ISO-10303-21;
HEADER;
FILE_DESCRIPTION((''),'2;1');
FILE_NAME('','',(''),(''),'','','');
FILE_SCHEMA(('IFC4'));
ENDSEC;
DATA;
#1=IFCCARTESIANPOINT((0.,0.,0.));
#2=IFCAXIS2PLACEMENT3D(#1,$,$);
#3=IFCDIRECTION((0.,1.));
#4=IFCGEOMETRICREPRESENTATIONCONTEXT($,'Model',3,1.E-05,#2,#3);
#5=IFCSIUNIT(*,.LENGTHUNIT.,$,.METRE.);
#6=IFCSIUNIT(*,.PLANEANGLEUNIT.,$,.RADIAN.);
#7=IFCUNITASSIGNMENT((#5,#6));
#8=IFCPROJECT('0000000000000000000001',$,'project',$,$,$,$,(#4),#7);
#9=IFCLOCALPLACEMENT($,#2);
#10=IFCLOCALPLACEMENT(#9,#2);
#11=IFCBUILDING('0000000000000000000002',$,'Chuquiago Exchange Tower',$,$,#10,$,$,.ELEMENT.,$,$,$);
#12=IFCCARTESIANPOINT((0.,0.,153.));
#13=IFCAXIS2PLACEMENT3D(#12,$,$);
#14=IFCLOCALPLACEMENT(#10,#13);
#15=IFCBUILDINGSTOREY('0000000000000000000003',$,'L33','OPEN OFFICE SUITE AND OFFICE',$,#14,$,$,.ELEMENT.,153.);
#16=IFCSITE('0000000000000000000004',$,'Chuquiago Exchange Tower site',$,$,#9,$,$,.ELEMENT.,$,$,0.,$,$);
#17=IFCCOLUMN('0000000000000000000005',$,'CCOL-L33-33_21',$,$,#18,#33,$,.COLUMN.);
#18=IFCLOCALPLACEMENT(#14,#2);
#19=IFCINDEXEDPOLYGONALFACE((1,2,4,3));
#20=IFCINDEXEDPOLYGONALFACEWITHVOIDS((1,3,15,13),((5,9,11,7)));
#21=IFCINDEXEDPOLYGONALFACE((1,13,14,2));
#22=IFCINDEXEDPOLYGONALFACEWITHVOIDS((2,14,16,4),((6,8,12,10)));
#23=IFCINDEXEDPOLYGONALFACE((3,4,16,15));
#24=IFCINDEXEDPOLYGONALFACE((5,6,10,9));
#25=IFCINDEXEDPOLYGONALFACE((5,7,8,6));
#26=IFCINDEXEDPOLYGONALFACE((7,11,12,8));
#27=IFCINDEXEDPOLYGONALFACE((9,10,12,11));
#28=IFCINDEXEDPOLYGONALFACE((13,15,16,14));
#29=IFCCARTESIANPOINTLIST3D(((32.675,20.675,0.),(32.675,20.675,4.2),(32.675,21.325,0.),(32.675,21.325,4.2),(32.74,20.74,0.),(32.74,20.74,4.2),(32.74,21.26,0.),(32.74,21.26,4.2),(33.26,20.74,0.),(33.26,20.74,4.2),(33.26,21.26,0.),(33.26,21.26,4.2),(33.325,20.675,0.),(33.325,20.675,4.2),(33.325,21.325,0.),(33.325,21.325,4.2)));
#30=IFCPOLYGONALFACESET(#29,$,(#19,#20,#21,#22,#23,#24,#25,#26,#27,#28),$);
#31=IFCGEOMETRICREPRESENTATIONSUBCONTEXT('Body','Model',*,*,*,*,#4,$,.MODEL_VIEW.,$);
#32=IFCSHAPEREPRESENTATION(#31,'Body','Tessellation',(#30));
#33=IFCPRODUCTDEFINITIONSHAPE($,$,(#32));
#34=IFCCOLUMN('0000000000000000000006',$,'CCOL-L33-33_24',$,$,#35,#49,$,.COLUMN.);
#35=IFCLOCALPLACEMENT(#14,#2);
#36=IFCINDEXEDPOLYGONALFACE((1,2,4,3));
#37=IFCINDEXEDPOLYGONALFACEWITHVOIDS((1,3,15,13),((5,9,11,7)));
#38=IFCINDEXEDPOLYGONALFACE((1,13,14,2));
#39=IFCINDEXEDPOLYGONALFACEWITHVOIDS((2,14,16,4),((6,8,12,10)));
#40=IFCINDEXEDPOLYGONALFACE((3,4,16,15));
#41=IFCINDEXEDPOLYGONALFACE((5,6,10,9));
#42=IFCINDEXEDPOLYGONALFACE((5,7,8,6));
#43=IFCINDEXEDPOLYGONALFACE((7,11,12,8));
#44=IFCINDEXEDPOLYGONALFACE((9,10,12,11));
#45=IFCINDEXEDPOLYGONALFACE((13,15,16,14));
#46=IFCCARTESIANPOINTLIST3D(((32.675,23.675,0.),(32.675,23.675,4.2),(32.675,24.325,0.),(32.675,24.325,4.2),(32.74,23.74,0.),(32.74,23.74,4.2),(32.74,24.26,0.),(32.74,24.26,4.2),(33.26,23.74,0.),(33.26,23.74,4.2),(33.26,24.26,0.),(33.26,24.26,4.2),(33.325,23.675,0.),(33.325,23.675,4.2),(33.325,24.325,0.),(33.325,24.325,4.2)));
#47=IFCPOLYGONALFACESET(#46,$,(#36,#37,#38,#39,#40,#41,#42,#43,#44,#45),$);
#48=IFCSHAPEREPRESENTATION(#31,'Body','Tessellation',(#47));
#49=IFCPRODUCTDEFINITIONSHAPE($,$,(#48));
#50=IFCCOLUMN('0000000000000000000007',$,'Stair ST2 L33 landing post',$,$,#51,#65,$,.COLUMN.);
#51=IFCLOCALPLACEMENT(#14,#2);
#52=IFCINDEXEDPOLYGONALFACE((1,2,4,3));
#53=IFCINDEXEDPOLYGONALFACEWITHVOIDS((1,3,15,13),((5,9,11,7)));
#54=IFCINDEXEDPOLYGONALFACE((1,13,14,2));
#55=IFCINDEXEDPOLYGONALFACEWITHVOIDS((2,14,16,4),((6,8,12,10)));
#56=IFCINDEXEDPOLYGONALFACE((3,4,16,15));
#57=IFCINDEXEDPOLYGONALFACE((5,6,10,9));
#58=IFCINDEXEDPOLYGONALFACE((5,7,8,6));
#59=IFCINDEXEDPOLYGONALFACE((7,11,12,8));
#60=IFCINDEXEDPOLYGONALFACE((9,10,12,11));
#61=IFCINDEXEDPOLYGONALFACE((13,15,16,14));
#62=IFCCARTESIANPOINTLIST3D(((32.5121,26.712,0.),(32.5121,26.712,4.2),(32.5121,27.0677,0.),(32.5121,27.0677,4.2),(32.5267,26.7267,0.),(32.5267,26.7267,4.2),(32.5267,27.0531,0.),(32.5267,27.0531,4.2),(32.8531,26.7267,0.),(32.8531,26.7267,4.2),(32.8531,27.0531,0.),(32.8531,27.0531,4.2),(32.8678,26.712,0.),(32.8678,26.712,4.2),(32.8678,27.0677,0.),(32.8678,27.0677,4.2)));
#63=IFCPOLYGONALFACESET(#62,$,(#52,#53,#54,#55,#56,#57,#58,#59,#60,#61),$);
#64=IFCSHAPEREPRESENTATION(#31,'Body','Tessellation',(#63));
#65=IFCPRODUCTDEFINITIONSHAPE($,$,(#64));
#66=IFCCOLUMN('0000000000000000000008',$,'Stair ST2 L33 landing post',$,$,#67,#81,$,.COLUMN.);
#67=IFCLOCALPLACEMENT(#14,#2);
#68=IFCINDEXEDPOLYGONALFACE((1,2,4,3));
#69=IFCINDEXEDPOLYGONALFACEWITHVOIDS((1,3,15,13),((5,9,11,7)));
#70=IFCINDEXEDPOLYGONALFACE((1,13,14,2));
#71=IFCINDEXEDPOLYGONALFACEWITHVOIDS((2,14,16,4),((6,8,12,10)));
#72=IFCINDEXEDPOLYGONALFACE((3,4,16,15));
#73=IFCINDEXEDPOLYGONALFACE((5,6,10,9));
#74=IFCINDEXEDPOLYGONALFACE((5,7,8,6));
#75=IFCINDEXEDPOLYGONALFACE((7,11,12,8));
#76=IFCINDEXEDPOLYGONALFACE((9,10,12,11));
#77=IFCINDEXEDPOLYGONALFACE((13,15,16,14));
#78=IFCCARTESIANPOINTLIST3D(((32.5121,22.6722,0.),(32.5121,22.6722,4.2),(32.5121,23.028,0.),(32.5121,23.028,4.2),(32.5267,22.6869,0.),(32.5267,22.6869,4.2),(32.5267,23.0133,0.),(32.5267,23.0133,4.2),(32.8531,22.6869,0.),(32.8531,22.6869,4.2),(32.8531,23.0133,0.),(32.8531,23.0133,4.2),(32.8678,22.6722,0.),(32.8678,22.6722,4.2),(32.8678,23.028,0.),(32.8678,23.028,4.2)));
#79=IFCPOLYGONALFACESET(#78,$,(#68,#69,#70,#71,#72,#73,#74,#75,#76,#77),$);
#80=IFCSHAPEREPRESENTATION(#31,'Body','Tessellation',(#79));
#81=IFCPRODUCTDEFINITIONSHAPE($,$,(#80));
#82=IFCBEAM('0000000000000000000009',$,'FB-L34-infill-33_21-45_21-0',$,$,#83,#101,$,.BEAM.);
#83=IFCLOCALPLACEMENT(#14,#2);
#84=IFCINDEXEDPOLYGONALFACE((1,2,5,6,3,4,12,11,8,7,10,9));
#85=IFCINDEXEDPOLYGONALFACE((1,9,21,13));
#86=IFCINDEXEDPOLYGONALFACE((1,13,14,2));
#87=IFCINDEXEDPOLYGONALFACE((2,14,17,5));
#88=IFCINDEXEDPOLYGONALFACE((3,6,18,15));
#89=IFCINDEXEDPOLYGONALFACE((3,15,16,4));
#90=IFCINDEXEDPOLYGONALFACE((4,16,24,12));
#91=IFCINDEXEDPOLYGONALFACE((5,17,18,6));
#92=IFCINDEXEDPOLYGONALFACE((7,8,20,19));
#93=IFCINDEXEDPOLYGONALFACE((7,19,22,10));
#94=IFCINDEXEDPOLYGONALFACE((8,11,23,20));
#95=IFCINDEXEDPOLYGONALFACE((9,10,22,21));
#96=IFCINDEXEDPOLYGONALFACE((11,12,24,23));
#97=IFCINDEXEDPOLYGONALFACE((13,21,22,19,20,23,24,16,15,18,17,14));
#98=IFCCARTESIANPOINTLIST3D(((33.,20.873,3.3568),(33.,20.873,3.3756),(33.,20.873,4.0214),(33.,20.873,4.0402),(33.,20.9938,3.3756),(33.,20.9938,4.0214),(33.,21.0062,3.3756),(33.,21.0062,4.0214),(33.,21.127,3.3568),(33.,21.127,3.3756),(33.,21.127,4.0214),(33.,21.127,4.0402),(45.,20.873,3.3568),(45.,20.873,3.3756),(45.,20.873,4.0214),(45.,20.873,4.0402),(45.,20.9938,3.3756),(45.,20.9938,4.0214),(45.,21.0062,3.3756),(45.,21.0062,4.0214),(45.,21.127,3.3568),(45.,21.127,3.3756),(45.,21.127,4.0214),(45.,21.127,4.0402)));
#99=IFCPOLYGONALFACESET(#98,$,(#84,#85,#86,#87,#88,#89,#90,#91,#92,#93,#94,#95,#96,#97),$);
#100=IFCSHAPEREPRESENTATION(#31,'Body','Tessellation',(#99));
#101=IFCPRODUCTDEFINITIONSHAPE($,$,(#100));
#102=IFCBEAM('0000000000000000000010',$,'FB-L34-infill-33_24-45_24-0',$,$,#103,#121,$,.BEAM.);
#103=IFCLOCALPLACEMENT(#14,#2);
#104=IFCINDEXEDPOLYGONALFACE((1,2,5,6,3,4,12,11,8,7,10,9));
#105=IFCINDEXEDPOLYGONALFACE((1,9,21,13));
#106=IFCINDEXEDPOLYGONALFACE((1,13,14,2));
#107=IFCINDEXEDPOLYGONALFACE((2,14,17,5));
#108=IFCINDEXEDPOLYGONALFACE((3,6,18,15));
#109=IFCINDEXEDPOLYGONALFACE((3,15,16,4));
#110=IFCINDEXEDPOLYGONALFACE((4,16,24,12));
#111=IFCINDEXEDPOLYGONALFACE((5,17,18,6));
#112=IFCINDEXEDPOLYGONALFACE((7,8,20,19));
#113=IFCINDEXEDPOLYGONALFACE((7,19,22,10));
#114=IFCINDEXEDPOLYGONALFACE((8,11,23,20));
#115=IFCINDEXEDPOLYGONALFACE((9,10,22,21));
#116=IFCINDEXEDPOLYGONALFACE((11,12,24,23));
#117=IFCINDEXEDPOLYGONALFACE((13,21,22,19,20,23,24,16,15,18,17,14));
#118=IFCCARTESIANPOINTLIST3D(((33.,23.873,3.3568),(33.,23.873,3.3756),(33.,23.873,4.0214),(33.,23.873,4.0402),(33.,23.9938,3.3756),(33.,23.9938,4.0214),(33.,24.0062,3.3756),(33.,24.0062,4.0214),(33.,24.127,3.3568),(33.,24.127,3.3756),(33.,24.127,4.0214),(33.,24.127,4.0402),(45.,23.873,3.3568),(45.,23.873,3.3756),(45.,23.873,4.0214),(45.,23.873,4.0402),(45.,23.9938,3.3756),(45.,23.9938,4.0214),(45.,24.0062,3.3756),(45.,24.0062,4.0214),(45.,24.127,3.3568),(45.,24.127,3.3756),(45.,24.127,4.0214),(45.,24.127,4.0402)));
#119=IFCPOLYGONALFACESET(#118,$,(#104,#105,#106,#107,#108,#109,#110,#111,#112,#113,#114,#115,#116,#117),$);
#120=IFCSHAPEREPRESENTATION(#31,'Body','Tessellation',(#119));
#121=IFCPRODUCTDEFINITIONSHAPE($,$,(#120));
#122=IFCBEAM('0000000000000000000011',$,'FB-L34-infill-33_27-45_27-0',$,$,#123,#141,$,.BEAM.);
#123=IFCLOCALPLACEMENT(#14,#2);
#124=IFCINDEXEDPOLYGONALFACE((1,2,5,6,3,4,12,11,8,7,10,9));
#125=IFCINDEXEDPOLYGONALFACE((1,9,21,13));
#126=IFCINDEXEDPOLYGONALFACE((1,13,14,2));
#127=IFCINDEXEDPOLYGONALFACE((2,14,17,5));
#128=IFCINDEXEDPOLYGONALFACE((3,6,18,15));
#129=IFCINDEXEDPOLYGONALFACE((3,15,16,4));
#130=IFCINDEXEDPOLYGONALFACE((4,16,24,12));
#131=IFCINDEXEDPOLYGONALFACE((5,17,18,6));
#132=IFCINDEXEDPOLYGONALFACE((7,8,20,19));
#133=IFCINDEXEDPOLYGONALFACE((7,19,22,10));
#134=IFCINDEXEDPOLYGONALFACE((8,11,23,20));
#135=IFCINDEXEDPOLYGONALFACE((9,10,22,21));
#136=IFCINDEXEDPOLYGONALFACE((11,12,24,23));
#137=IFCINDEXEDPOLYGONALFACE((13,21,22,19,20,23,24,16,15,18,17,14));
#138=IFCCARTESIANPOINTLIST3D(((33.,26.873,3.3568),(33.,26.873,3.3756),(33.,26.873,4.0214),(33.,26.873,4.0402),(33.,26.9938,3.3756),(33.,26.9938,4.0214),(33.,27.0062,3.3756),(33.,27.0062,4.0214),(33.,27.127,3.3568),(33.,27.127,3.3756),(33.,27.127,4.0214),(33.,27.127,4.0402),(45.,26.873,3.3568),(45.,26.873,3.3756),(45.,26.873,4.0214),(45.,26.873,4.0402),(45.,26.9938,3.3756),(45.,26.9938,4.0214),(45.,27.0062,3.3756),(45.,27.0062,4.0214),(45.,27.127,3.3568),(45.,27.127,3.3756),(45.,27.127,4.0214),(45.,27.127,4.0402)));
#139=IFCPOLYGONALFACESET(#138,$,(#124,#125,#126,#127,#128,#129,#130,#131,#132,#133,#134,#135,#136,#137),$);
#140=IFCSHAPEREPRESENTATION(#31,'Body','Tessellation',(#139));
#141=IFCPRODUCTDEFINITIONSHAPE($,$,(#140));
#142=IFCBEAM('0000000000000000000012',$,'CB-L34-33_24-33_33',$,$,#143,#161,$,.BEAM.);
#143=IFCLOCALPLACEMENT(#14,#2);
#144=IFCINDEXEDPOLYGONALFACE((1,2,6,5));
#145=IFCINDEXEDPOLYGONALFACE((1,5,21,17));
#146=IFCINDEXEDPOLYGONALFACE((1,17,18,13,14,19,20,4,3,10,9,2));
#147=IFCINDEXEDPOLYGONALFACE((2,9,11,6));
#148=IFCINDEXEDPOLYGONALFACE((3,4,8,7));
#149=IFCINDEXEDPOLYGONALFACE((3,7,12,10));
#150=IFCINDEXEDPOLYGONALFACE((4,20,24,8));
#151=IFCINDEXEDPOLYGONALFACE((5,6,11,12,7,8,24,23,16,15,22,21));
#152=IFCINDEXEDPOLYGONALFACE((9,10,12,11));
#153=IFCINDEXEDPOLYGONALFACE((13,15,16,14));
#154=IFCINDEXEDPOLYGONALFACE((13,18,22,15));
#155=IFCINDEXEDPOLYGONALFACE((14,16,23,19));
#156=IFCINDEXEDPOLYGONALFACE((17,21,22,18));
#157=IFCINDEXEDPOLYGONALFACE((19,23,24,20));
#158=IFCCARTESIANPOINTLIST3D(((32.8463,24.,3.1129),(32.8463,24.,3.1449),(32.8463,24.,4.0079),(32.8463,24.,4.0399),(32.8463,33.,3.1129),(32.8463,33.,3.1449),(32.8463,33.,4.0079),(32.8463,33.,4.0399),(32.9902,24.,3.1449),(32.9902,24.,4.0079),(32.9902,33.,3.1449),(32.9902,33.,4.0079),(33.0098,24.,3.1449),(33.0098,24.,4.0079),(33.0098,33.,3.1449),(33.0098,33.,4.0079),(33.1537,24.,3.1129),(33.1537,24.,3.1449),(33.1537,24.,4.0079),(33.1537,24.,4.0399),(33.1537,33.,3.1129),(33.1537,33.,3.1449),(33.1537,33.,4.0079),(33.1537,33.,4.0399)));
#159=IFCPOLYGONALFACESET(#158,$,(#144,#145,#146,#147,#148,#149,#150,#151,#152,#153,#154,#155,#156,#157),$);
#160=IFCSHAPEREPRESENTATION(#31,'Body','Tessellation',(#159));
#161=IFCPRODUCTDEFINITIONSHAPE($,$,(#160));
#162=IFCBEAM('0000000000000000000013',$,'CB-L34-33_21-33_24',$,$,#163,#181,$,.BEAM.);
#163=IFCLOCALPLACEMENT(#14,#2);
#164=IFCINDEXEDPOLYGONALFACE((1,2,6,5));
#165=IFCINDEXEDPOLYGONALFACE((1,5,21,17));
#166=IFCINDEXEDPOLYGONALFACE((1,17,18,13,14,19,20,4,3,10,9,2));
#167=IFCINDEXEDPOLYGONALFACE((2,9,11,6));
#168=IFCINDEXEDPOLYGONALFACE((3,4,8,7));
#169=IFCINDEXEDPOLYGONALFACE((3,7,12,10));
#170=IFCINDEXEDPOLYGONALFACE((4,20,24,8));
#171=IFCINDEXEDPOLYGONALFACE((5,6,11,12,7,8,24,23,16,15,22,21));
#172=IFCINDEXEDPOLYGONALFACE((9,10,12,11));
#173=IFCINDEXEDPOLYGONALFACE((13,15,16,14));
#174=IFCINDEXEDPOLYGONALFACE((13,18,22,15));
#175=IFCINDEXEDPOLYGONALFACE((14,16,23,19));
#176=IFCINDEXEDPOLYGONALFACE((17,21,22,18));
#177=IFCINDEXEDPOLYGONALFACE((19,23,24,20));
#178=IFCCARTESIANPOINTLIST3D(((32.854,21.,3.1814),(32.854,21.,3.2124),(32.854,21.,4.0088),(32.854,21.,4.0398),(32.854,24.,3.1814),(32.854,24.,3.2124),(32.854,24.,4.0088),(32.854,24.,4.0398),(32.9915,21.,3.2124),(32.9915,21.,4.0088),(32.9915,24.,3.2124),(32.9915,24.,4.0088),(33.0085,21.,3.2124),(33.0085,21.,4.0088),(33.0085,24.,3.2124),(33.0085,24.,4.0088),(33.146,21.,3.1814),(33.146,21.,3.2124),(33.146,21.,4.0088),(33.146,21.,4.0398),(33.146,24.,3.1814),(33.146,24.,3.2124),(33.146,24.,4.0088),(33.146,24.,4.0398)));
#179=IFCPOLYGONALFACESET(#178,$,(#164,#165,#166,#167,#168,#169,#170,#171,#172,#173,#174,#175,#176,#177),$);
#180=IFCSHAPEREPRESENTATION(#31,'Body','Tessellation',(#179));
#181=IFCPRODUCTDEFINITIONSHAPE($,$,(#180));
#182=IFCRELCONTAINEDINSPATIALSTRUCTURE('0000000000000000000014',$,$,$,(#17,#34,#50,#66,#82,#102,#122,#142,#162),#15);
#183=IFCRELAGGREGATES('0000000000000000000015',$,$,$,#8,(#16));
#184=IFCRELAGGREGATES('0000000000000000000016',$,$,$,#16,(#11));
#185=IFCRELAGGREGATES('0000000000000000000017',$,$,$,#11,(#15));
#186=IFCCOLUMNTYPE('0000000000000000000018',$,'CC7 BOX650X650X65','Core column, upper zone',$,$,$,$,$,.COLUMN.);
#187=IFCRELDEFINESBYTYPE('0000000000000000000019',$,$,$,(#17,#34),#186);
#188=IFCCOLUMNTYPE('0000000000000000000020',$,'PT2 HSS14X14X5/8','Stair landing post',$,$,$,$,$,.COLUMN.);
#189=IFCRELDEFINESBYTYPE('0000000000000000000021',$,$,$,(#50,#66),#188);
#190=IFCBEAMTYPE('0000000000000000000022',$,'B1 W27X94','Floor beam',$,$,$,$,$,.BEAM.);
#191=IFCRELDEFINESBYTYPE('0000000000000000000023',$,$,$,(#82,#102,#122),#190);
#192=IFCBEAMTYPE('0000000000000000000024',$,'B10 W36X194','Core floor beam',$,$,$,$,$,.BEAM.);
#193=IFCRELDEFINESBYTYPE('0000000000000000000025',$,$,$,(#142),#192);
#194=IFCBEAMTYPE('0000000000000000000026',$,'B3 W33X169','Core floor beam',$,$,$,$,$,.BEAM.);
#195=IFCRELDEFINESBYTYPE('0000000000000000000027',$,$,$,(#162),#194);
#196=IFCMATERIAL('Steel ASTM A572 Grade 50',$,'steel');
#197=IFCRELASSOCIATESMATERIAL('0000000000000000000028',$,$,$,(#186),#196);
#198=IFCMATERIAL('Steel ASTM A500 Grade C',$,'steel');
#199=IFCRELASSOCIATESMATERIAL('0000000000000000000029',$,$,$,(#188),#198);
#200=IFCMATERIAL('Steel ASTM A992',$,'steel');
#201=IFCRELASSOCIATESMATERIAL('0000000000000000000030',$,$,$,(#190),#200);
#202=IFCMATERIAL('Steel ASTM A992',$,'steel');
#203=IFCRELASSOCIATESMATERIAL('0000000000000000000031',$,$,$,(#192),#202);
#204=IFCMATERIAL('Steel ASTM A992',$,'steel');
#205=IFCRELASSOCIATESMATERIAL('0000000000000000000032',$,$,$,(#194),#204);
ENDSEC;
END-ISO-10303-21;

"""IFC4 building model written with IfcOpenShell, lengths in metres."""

from ifc_helpers import new_model, si_unit, direction, frame, origin, origin_2d, place, context, subcontext, project, spatial, hollow_rectangle, i_section, extrude, material, material_profile, profile_set, type_object, element, save


model = new_model("IFC4")

# Units and contexts
model_context = context("Model", 3, precision=1e-05, world=origin(), true_north=direction((0.0, 1.0)))
body_context = subcontext(model_context, "Body", "Model", "MODEL_VIEW")
ifc_project = project(units=[si_unit("LENGTHUNIT", "METRE"), si_unit("PLANEANGLEUNIT", "RADIAN")], contexts=[model_context])

# Site, building, storey
site_placement = place(None, origin())
site = spatial("IfcSite", under=ifc_project, at=site_placement, Name="Chuquiago Exchange Tower site", CompositionType="ELEMENT", RefElevation=0.0)
building_placement = place(site_placement, origin())
building = spatial("IfcBuilding", under=site, at=building_placement, Name="Chuquiago Exchange Tower", CompositionType="ELEMENT")
storey_placement = place(building_placement, frame((0.0, 0.0, 153.0)))
storey = spatial("IfcBuildingStorey", under=building, at=storey_placement, Name="L33", Description="OPEN OFFICE SUITE AND OFFICE", CompositionType="ELEMENT", Elevation=153.0)

# Columns
ifc_material_1 = material(Name="Steel ASTM A572 Grade 50", Category="steel")
ifc_material_profile_1 = material_profile(ifc_material_1, hollow_rectangle(XDim=0.6499, YDim=0.6499, WallThickness=0.0649, at=origin_2d()), Name="BOX650X650X65")
ifc_profile_set_1 = profile_set([ifc_material_profile_1], Name="Steel ASTM A572 Grade 50")
column_type_1 = type_object("IfcColumnType", Name="CC7 BOX650X650X65", Description="Core column, upper zone", PredefinedType="COLUMN", material=ifc_profile_set_1)
for number, where, z_axis, x_axis, name in (
    (1, (33.0, 21.0, 0.0), (0.0, 0.0, 1.0), (1.0, 0.0, 0.0), "CCOL-L33-33_21"),
    (2, (33.0, 24.0, 0.0), (0.0, 0.0, 1.0), (1.0, 0.0, 0.0), "CCOL-L33-33_24"),
):
    element("IfcColumn", number, at=place(storey_placement, frame(where, z_axis=z_axis, x_axis=x_axis)), inside=storey, type_object=column_type_1, Name=name, PredefinedType="COLUMN", context=body_context, shape_type="SweptSolid", body=[
        extrude(hollow_rectangle(XDim=0.6499, YDim=0.6499, WallThickness=0.0649, at=origin_2d()), origin(), (0.0, 0.0, 1.0), 4.2),
    ])
ifc_material_2 = material(Name="Steel ASTM A500 Grade C", Category="steel")
ifc_material_profile_2 = material_profile(ifc_material_2, hollow_rectangle(XDim=0.3557, YDim=0.3557, WallThickness=0.0146, at=origin_2d()), Name="HSS14X14X5/8")
ifc_profile_set_2 = profile_set([ifc_material_profile_2], Name="Steel ASTM A500 Grade C")
column_type_2 = type_object("IfcColumnType", Name="PT2 HSS14X14X5/8", Description="Stair landing post", PredefinedType="COLUMN", material=ifc_profile_set_2)
for number, where, z_axis, x_axis, name in (
    (3, (32.6899, 26.8899, 0.0), (0.0, 0.0, 1.0), (1.0, 0.0, 0.0), "Stair ST2 L33 landing post"),
    (4, (32.6899, 22.8501, 0.0), (0.0, 0.0, 1.0), (1.0, 0.0, 0.0), "Stair ST2 L33 landing post"),
):
    element("IfcColumn", number, at=place(storey_placement, frame(where, z_axis=z_axis, x_axis=x_axis)), inside=storey, type_object=column_type_2, Name=name, PredefinedType="COLUMN", context=body_context, shape_type="SweptSolid", body=[
        extrude(hollow_rectangle(XDim=0.3557, YDim=0.3557, WallThickness=0.0146, at=origin_2d()), origin(), (0.0, 0.0, 1.0), 4.2),
    ])

# Beams
ifc_material_3 = material(Name="Steel ASTM A992", Category="steel")
ifc_material_profile_3 = material_profile(ifc_material_3, i_section(OverallWidth=0.2539, OverallDepth=0.6833, WebThickness=0.0125, FlangeThickness=0.0188, at=origin_2d()), Name="W27X94")
ifc_profile_set_3 = profile_set([ifc_material_profile_3], Name="Steel ASTM A992")
beam_type_1 = type_object("IfcBeamType", Name="B1 W27X94", Description="Floor beam", PredefinedType="BEAM", material=ifc_profile_set_3)
for number, where, z_axis, x_axis, name in (
    (5, (33.0, 21.0, 3.6985), (1.0, 0.0, 0.0), (0.0, 1.0, 0.0), "FB-L34-infill-33_21-45_21-0"),
    (6, (33.0, 24.0, 3.6985), (1.0, 0.0, 0.0), (0.0, 1.0, 0.0), "FB-L34-infill-33_24-45_24-0"),
    (7, (33.0, 27.0, 3.6985), (1.0, 0.0, 0.0), (0.0, 1.0, 0.0), "FB-L34-infill-33_27-45_27-0"),
):
    element("IfcBeam", number, at=place(storey_placement, frame(where, z_axis=z_axis, x_axis=x_axis)), inside=storey, type_object=beam_type_1, Name=name, PredefinedType="BEAM", context=body_context, shape_type="SweptSolid", body=[
        extrude(i_section(OverallWidth=0.2539, OverallDepth=0.6833, WebThickness=0.0125, FlangeThickness=0.0188, at=origin_2d()), origin(), (0.0, 0.0, 1.0), 12.0),
    ])
ifc_material_4 = material(Name="Steel ASTM A992", Category="steel")
ifc_material_profile_4 = material_profile(ifc_material_4, i_section(OverallWidth=0.3074, OverallDepth=0.927, WebThickness=0.0195, FlangeThickness=0.032, at=origin_2d()), Name="W36X194")
ifc_profile_set_4 = profile_set([ifc_material_profile_4], Name="Steel ASTM A992")
beam_type_2 = type_object("IfcBeamType", Name="B10 W36X194", Description="Core floor beam", PredefinedType="BEAM", material=ifc_profile_set_4)
beam_1_placement = place(storey_placement, frame((33.0, 24.0, 3.5764), z_axis=(0.0, 1.0, 0.0), x_axis=(-1.0, 0.0, 0.0)))
element("IfcBeam", 8, at=beam_1_placement, inside=storey, type_object=beam_type_2, Name="CB-L34-33_24-33_33", PredefinedType="BEAM", context=body_context, shape_type="SweptSolid", body=[
    extrude(i_section(OverallWidth=0.3074, OverallDepth=0.927, WebThickness=0.0195, FlangeThickness=0.032, at=origin_2d()), origin(), (0.0, 0.0, 1.0), 9.0),
])
ifc_material_5 = material(Name="Steel ASTM A992", Category="steel")
ifc_material_profile_5 = material_profile(ifc_material_5, i_section(OverallWidth=0.292, OverallDepth=0.8584, WebThickness=0.0171, FlangeThickness=0.031, at=origin_2d()), Name="W33X169")
ifc_profile_set_5 = profile_set([ifc_material_profile_5], Name="Steel ASTM A992")
beam_type_3 = type_object("IfcBeamType", Name="B3 W33X169", Description="Core floor beam", PredefinedType="BEAM", material=ifc_profile_set_5)
beam_2_placement = place(storey_placement, frame((33.0, 21.0, 3.6106), z_axis=(0.0, 1.0, 0.0), x_axis=(-1.0, 0.0, 0.0)))
element("IfcBeam", 9, at=beam_2_placement, inside=storey, type_object=beam_type_3, Name="CB-L34-33_21-33_24", PredefinedType="BEAM", context=body_context, shape_type="SweptSolid", body=[
    extrude(i_section(OverallWidth=0.292, OverallDepth=0.8584, WebThickness=0.0171, FlangeThickness=0.031, at=origin_2d()), origin(), (0.0, 0.0, 1.0), 3.0),
])

save(model, "model.ifc")
